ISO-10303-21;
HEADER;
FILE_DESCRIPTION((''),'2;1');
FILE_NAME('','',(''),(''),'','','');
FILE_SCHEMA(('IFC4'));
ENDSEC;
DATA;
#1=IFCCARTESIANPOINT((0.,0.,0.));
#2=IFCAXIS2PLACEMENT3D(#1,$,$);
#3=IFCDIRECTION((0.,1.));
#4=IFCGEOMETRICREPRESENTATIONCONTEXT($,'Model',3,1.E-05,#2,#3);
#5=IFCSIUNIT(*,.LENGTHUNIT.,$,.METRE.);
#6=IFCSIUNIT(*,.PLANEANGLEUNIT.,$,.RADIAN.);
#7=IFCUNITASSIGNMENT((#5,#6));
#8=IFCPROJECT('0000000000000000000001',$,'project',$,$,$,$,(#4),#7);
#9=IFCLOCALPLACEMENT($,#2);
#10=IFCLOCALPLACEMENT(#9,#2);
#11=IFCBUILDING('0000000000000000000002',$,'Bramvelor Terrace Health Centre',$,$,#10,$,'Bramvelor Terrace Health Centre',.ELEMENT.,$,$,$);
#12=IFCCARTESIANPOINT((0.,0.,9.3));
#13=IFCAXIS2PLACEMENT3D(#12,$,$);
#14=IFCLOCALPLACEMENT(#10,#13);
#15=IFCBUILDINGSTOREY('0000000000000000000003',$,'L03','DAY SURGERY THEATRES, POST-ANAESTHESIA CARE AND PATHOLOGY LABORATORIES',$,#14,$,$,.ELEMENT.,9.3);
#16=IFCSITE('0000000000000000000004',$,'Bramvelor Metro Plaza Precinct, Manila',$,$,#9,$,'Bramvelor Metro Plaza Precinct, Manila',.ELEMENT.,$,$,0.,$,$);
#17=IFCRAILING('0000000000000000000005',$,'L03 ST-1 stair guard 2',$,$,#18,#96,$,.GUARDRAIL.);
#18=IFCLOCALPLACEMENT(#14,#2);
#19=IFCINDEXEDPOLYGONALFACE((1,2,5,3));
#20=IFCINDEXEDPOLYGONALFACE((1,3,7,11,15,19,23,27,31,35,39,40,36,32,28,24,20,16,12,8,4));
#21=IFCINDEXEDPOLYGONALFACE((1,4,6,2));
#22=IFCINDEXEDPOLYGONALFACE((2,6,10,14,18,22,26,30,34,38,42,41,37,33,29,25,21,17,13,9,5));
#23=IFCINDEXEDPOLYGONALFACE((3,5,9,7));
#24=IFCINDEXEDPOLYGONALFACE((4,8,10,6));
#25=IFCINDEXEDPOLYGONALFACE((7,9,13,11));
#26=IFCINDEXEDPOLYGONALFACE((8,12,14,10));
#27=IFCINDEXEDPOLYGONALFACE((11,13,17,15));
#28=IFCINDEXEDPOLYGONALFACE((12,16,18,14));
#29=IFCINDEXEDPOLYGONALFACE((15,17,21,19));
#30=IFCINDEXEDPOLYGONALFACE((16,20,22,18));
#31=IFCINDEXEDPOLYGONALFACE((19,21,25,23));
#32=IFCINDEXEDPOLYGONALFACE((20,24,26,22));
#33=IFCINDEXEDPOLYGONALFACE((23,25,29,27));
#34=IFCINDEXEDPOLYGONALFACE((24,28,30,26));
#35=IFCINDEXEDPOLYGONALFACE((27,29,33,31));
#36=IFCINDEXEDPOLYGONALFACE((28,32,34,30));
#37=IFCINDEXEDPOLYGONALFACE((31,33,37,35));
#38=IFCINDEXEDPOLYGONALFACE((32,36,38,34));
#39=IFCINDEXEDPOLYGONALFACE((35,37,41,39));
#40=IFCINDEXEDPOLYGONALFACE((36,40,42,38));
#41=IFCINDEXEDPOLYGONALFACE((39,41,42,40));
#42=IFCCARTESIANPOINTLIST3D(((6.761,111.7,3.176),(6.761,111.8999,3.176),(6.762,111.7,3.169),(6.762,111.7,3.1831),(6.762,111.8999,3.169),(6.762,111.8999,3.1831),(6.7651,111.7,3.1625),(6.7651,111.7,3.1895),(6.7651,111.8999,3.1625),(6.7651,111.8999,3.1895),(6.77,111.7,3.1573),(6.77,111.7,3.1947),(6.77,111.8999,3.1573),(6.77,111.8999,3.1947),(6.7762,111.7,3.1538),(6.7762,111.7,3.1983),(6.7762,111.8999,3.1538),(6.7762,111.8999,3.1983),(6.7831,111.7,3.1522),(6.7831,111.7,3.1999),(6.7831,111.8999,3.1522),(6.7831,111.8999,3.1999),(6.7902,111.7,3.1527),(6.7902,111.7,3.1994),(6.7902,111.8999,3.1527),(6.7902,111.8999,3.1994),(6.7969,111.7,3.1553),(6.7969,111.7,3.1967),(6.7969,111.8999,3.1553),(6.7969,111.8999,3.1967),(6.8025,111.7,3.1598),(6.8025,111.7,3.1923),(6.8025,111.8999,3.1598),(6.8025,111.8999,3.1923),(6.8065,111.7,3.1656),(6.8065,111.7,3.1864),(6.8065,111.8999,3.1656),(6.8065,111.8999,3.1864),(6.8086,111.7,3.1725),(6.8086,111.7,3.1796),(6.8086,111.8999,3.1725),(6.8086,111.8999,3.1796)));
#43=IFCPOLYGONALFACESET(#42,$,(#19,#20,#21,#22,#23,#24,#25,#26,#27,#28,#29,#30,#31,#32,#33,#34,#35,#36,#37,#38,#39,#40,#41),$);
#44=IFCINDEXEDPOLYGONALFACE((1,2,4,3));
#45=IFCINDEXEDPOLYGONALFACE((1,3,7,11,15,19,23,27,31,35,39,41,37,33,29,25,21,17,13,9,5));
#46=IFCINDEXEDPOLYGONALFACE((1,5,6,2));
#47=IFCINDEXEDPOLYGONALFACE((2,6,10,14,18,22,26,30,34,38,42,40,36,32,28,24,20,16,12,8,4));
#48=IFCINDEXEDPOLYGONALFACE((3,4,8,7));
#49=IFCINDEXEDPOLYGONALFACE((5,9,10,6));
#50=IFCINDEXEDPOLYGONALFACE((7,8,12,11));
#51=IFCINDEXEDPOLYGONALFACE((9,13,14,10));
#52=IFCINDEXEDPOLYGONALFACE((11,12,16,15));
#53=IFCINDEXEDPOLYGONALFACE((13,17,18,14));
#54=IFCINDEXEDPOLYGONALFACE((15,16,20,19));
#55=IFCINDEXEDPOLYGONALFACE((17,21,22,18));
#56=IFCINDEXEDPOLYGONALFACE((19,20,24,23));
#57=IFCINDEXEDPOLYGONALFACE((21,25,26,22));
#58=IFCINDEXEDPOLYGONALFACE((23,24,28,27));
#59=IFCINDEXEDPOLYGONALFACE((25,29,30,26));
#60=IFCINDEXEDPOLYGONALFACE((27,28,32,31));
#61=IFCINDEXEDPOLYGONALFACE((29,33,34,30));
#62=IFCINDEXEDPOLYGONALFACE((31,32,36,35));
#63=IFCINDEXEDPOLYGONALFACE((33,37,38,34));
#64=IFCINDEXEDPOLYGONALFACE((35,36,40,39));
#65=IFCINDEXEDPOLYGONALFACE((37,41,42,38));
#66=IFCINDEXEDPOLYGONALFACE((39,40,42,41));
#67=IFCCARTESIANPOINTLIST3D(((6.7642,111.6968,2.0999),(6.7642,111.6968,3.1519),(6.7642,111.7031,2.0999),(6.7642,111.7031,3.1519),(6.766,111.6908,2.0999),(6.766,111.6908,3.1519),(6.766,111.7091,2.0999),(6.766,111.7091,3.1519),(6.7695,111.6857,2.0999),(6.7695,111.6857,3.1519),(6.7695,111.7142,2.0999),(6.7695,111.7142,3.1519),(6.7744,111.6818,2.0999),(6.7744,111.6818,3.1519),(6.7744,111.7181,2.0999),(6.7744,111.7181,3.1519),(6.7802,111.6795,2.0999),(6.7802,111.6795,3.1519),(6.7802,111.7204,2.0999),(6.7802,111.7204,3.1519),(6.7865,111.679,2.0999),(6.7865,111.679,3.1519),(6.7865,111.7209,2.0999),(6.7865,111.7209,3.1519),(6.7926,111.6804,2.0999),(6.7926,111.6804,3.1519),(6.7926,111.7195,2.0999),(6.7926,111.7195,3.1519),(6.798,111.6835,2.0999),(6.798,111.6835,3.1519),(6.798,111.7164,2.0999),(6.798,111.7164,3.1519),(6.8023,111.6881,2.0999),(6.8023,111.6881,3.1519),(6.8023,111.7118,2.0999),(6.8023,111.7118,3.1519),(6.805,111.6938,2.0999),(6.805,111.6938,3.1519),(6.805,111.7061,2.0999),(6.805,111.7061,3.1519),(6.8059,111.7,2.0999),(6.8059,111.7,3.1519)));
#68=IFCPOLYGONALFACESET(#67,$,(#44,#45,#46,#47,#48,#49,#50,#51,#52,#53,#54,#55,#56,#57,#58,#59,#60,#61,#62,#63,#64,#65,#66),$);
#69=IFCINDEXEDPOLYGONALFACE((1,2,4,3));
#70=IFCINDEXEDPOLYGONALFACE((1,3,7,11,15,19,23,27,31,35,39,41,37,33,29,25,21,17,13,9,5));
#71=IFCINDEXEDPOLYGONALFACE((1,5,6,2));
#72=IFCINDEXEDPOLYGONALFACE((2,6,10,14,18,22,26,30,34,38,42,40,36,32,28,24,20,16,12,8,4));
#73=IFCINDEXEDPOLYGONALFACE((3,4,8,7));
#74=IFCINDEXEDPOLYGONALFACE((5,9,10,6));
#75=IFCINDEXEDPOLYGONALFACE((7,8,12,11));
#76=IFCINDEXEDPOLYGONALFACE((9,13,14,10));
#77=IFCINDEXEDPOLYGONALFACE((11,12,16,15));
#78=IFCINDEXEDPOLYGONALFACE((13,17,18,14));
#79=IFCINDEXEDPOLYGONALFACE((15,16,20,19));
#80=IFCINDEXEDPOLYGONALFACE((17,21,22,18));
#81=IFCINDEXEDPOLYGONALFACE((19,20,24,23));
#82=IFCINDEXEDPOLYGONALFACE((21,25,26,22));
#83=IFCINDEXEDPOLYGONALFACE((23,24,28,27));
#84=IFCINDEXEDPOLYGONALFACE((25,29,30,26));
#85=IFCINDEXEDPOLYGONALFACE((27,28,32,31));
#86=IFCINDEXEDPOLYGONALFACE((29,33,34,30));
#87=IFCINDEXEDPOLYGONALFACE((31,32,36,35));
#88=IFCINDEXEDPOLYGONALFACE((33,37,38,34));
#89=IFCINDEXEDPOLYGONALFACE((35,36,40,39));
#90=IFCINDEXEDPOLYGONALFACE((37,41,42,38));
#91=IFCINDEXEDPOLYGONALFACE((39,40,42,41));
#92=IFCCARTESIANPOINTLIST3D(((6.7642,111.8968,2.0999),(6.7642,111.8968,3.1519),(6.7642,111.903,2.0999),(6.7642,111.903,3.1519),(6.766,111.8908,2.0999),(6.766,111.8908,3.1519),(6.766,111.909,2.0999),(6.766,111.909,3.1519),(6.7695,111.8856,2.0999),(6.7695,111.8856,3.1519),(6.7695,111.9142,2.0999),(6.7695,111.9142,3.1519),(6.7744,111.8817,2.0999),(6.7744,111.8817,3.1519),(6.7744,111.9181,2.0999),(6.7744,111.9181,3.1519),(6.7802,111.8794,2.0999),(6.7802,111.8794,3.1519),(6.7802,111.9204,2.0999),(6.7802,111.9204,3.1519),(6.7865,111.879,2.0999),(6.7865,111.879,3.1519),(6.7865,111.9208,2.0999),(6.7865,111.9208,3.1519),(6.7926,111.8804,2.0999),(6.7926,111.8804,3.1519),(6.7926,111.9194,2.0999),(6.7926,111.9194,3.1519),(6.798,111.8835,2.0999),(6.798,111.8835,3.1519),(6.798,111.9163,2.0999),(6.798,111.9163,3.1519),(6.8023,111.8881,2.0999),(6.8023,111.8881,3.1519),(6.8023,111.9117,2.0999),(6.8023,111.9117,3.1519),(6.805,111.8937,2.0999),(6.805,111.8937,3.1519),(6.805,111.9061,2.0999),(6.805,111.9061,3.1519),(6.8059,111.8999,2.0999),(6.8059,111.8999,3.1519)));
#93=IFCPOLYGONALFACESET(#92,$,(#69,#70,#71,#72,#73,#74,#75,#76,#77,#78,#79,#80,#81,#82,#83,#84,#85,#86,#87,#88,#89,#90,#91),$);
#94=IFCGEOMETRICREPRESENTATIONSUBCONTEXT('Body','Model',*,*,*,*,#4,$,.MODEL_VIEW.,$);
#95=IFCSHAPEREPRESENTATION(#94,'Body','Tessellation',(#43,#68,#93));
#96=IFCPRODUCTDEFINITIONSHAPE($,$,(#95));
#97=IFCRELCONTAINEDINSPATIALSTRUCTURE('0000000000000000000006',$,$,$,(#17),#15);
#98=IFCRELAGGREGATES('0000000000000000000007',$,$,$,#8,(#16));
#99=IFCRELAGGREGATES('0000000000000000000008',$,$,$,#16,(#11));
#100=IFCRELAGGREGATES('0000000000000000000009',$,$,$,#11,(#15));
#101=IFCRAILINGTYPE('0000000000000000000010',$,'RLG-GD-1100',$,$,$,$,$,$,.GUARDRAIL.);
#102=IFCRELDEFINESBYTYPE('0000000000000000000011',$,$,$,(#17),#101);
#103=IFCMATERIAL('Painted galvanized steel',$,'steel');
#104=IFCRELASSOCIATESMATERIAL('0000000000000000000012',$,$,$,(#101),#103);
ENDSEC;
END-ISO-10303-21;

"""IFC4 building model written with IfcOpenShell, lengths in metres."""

from ifc_helpers import new_model, si_unit, direction, frame, origin, origin_2d, place, context, subcontext, project, spatial, circle, extrude, material, type_object, element, save


model = new_model("IFC4")

# Units and contexts
model_context = context("Model", 3, precision=1e-05, world=origin(), true_north=direction((0.0, 1.0)))
body_context = subcontext(model_context, "Body", "Model", "MODEL_VIEW")
ifc_project = project(units=[si_unit("LENGTHUNIT", "METRE"), si_unit("PLANEANGLEUNIT", "RADIAN")], contexts=[model_context])

# Site, building, storey
site_placement = place(None, origin())
site = spatial("IfcSite", under=ifc_project, at=site_placement, Name="Bramvelor Metro Plaza Precinct, Manila", LongName="Bramvelor Metro Plaza Precinct, Manila", CompositionType="ELEMENT", RefElevation=0.0)
building_placement = place(site_placement, origin())
building = spatial("IfcBuilding", under=site, at=building_placement, Name="Bramvelor Terrace Health Centre", LongName="Bramvelor Terrace Health Centre", CompositionType="ELEMENT")
storey_placement = place(building_placement, frame((0.0, 0.0, 9.3)))
storey = spatial("IfcBuildingStorey", under=building, at=storey_placement, Name="L03", Description="DAY SURGERY THEATRES, POST-ANAESTHESIA CARE AND PATHOLOGY LABORATORIES", CompositionType="ELEMENT", Elevation=9.3)

# Railing
ifc_material_1 = material(Name="Painted galvanized steel", Category="steel")
railing_type_1 = type_object("IfcRailingType", Name="RLG-GD-1100", PredefinedType="GUARDRAIL", material=ifc_material_1)
railing_1_placement = place(storey_placement, frame((6.7849, 111.7, 2.0999)))
element("IfcRailing", 1, at=railing_1_placement, inside=storey, type_object=railing_type_1, Name="L03 ST-1 stair guard 2", PredefinedType="GUARDRAIL", context=body_context, shape_type="SweptSolid", body=[
    extrude(circle(Radius=0.0239, at=origin_2d()), frame((0.0, 0.0, 1.0762), z_axis=(0.0, 1.0, 0.0), x_axis=(-1.0, 0.0, 0.0)), (0.0, 0.0, 1.0), 0.2),
    extrude(circle(Radius=0.021, at=origin_2d()), origin(), (0.0, 0.0, 1.0), 1.052),
    extrude(circle(Radius=0.021, at=origin_2d()), frame((0.0, 0.2, 0.0)), (0.0, 0.0, 1.0), 1.052),
])

save(model, "model.ifc")
